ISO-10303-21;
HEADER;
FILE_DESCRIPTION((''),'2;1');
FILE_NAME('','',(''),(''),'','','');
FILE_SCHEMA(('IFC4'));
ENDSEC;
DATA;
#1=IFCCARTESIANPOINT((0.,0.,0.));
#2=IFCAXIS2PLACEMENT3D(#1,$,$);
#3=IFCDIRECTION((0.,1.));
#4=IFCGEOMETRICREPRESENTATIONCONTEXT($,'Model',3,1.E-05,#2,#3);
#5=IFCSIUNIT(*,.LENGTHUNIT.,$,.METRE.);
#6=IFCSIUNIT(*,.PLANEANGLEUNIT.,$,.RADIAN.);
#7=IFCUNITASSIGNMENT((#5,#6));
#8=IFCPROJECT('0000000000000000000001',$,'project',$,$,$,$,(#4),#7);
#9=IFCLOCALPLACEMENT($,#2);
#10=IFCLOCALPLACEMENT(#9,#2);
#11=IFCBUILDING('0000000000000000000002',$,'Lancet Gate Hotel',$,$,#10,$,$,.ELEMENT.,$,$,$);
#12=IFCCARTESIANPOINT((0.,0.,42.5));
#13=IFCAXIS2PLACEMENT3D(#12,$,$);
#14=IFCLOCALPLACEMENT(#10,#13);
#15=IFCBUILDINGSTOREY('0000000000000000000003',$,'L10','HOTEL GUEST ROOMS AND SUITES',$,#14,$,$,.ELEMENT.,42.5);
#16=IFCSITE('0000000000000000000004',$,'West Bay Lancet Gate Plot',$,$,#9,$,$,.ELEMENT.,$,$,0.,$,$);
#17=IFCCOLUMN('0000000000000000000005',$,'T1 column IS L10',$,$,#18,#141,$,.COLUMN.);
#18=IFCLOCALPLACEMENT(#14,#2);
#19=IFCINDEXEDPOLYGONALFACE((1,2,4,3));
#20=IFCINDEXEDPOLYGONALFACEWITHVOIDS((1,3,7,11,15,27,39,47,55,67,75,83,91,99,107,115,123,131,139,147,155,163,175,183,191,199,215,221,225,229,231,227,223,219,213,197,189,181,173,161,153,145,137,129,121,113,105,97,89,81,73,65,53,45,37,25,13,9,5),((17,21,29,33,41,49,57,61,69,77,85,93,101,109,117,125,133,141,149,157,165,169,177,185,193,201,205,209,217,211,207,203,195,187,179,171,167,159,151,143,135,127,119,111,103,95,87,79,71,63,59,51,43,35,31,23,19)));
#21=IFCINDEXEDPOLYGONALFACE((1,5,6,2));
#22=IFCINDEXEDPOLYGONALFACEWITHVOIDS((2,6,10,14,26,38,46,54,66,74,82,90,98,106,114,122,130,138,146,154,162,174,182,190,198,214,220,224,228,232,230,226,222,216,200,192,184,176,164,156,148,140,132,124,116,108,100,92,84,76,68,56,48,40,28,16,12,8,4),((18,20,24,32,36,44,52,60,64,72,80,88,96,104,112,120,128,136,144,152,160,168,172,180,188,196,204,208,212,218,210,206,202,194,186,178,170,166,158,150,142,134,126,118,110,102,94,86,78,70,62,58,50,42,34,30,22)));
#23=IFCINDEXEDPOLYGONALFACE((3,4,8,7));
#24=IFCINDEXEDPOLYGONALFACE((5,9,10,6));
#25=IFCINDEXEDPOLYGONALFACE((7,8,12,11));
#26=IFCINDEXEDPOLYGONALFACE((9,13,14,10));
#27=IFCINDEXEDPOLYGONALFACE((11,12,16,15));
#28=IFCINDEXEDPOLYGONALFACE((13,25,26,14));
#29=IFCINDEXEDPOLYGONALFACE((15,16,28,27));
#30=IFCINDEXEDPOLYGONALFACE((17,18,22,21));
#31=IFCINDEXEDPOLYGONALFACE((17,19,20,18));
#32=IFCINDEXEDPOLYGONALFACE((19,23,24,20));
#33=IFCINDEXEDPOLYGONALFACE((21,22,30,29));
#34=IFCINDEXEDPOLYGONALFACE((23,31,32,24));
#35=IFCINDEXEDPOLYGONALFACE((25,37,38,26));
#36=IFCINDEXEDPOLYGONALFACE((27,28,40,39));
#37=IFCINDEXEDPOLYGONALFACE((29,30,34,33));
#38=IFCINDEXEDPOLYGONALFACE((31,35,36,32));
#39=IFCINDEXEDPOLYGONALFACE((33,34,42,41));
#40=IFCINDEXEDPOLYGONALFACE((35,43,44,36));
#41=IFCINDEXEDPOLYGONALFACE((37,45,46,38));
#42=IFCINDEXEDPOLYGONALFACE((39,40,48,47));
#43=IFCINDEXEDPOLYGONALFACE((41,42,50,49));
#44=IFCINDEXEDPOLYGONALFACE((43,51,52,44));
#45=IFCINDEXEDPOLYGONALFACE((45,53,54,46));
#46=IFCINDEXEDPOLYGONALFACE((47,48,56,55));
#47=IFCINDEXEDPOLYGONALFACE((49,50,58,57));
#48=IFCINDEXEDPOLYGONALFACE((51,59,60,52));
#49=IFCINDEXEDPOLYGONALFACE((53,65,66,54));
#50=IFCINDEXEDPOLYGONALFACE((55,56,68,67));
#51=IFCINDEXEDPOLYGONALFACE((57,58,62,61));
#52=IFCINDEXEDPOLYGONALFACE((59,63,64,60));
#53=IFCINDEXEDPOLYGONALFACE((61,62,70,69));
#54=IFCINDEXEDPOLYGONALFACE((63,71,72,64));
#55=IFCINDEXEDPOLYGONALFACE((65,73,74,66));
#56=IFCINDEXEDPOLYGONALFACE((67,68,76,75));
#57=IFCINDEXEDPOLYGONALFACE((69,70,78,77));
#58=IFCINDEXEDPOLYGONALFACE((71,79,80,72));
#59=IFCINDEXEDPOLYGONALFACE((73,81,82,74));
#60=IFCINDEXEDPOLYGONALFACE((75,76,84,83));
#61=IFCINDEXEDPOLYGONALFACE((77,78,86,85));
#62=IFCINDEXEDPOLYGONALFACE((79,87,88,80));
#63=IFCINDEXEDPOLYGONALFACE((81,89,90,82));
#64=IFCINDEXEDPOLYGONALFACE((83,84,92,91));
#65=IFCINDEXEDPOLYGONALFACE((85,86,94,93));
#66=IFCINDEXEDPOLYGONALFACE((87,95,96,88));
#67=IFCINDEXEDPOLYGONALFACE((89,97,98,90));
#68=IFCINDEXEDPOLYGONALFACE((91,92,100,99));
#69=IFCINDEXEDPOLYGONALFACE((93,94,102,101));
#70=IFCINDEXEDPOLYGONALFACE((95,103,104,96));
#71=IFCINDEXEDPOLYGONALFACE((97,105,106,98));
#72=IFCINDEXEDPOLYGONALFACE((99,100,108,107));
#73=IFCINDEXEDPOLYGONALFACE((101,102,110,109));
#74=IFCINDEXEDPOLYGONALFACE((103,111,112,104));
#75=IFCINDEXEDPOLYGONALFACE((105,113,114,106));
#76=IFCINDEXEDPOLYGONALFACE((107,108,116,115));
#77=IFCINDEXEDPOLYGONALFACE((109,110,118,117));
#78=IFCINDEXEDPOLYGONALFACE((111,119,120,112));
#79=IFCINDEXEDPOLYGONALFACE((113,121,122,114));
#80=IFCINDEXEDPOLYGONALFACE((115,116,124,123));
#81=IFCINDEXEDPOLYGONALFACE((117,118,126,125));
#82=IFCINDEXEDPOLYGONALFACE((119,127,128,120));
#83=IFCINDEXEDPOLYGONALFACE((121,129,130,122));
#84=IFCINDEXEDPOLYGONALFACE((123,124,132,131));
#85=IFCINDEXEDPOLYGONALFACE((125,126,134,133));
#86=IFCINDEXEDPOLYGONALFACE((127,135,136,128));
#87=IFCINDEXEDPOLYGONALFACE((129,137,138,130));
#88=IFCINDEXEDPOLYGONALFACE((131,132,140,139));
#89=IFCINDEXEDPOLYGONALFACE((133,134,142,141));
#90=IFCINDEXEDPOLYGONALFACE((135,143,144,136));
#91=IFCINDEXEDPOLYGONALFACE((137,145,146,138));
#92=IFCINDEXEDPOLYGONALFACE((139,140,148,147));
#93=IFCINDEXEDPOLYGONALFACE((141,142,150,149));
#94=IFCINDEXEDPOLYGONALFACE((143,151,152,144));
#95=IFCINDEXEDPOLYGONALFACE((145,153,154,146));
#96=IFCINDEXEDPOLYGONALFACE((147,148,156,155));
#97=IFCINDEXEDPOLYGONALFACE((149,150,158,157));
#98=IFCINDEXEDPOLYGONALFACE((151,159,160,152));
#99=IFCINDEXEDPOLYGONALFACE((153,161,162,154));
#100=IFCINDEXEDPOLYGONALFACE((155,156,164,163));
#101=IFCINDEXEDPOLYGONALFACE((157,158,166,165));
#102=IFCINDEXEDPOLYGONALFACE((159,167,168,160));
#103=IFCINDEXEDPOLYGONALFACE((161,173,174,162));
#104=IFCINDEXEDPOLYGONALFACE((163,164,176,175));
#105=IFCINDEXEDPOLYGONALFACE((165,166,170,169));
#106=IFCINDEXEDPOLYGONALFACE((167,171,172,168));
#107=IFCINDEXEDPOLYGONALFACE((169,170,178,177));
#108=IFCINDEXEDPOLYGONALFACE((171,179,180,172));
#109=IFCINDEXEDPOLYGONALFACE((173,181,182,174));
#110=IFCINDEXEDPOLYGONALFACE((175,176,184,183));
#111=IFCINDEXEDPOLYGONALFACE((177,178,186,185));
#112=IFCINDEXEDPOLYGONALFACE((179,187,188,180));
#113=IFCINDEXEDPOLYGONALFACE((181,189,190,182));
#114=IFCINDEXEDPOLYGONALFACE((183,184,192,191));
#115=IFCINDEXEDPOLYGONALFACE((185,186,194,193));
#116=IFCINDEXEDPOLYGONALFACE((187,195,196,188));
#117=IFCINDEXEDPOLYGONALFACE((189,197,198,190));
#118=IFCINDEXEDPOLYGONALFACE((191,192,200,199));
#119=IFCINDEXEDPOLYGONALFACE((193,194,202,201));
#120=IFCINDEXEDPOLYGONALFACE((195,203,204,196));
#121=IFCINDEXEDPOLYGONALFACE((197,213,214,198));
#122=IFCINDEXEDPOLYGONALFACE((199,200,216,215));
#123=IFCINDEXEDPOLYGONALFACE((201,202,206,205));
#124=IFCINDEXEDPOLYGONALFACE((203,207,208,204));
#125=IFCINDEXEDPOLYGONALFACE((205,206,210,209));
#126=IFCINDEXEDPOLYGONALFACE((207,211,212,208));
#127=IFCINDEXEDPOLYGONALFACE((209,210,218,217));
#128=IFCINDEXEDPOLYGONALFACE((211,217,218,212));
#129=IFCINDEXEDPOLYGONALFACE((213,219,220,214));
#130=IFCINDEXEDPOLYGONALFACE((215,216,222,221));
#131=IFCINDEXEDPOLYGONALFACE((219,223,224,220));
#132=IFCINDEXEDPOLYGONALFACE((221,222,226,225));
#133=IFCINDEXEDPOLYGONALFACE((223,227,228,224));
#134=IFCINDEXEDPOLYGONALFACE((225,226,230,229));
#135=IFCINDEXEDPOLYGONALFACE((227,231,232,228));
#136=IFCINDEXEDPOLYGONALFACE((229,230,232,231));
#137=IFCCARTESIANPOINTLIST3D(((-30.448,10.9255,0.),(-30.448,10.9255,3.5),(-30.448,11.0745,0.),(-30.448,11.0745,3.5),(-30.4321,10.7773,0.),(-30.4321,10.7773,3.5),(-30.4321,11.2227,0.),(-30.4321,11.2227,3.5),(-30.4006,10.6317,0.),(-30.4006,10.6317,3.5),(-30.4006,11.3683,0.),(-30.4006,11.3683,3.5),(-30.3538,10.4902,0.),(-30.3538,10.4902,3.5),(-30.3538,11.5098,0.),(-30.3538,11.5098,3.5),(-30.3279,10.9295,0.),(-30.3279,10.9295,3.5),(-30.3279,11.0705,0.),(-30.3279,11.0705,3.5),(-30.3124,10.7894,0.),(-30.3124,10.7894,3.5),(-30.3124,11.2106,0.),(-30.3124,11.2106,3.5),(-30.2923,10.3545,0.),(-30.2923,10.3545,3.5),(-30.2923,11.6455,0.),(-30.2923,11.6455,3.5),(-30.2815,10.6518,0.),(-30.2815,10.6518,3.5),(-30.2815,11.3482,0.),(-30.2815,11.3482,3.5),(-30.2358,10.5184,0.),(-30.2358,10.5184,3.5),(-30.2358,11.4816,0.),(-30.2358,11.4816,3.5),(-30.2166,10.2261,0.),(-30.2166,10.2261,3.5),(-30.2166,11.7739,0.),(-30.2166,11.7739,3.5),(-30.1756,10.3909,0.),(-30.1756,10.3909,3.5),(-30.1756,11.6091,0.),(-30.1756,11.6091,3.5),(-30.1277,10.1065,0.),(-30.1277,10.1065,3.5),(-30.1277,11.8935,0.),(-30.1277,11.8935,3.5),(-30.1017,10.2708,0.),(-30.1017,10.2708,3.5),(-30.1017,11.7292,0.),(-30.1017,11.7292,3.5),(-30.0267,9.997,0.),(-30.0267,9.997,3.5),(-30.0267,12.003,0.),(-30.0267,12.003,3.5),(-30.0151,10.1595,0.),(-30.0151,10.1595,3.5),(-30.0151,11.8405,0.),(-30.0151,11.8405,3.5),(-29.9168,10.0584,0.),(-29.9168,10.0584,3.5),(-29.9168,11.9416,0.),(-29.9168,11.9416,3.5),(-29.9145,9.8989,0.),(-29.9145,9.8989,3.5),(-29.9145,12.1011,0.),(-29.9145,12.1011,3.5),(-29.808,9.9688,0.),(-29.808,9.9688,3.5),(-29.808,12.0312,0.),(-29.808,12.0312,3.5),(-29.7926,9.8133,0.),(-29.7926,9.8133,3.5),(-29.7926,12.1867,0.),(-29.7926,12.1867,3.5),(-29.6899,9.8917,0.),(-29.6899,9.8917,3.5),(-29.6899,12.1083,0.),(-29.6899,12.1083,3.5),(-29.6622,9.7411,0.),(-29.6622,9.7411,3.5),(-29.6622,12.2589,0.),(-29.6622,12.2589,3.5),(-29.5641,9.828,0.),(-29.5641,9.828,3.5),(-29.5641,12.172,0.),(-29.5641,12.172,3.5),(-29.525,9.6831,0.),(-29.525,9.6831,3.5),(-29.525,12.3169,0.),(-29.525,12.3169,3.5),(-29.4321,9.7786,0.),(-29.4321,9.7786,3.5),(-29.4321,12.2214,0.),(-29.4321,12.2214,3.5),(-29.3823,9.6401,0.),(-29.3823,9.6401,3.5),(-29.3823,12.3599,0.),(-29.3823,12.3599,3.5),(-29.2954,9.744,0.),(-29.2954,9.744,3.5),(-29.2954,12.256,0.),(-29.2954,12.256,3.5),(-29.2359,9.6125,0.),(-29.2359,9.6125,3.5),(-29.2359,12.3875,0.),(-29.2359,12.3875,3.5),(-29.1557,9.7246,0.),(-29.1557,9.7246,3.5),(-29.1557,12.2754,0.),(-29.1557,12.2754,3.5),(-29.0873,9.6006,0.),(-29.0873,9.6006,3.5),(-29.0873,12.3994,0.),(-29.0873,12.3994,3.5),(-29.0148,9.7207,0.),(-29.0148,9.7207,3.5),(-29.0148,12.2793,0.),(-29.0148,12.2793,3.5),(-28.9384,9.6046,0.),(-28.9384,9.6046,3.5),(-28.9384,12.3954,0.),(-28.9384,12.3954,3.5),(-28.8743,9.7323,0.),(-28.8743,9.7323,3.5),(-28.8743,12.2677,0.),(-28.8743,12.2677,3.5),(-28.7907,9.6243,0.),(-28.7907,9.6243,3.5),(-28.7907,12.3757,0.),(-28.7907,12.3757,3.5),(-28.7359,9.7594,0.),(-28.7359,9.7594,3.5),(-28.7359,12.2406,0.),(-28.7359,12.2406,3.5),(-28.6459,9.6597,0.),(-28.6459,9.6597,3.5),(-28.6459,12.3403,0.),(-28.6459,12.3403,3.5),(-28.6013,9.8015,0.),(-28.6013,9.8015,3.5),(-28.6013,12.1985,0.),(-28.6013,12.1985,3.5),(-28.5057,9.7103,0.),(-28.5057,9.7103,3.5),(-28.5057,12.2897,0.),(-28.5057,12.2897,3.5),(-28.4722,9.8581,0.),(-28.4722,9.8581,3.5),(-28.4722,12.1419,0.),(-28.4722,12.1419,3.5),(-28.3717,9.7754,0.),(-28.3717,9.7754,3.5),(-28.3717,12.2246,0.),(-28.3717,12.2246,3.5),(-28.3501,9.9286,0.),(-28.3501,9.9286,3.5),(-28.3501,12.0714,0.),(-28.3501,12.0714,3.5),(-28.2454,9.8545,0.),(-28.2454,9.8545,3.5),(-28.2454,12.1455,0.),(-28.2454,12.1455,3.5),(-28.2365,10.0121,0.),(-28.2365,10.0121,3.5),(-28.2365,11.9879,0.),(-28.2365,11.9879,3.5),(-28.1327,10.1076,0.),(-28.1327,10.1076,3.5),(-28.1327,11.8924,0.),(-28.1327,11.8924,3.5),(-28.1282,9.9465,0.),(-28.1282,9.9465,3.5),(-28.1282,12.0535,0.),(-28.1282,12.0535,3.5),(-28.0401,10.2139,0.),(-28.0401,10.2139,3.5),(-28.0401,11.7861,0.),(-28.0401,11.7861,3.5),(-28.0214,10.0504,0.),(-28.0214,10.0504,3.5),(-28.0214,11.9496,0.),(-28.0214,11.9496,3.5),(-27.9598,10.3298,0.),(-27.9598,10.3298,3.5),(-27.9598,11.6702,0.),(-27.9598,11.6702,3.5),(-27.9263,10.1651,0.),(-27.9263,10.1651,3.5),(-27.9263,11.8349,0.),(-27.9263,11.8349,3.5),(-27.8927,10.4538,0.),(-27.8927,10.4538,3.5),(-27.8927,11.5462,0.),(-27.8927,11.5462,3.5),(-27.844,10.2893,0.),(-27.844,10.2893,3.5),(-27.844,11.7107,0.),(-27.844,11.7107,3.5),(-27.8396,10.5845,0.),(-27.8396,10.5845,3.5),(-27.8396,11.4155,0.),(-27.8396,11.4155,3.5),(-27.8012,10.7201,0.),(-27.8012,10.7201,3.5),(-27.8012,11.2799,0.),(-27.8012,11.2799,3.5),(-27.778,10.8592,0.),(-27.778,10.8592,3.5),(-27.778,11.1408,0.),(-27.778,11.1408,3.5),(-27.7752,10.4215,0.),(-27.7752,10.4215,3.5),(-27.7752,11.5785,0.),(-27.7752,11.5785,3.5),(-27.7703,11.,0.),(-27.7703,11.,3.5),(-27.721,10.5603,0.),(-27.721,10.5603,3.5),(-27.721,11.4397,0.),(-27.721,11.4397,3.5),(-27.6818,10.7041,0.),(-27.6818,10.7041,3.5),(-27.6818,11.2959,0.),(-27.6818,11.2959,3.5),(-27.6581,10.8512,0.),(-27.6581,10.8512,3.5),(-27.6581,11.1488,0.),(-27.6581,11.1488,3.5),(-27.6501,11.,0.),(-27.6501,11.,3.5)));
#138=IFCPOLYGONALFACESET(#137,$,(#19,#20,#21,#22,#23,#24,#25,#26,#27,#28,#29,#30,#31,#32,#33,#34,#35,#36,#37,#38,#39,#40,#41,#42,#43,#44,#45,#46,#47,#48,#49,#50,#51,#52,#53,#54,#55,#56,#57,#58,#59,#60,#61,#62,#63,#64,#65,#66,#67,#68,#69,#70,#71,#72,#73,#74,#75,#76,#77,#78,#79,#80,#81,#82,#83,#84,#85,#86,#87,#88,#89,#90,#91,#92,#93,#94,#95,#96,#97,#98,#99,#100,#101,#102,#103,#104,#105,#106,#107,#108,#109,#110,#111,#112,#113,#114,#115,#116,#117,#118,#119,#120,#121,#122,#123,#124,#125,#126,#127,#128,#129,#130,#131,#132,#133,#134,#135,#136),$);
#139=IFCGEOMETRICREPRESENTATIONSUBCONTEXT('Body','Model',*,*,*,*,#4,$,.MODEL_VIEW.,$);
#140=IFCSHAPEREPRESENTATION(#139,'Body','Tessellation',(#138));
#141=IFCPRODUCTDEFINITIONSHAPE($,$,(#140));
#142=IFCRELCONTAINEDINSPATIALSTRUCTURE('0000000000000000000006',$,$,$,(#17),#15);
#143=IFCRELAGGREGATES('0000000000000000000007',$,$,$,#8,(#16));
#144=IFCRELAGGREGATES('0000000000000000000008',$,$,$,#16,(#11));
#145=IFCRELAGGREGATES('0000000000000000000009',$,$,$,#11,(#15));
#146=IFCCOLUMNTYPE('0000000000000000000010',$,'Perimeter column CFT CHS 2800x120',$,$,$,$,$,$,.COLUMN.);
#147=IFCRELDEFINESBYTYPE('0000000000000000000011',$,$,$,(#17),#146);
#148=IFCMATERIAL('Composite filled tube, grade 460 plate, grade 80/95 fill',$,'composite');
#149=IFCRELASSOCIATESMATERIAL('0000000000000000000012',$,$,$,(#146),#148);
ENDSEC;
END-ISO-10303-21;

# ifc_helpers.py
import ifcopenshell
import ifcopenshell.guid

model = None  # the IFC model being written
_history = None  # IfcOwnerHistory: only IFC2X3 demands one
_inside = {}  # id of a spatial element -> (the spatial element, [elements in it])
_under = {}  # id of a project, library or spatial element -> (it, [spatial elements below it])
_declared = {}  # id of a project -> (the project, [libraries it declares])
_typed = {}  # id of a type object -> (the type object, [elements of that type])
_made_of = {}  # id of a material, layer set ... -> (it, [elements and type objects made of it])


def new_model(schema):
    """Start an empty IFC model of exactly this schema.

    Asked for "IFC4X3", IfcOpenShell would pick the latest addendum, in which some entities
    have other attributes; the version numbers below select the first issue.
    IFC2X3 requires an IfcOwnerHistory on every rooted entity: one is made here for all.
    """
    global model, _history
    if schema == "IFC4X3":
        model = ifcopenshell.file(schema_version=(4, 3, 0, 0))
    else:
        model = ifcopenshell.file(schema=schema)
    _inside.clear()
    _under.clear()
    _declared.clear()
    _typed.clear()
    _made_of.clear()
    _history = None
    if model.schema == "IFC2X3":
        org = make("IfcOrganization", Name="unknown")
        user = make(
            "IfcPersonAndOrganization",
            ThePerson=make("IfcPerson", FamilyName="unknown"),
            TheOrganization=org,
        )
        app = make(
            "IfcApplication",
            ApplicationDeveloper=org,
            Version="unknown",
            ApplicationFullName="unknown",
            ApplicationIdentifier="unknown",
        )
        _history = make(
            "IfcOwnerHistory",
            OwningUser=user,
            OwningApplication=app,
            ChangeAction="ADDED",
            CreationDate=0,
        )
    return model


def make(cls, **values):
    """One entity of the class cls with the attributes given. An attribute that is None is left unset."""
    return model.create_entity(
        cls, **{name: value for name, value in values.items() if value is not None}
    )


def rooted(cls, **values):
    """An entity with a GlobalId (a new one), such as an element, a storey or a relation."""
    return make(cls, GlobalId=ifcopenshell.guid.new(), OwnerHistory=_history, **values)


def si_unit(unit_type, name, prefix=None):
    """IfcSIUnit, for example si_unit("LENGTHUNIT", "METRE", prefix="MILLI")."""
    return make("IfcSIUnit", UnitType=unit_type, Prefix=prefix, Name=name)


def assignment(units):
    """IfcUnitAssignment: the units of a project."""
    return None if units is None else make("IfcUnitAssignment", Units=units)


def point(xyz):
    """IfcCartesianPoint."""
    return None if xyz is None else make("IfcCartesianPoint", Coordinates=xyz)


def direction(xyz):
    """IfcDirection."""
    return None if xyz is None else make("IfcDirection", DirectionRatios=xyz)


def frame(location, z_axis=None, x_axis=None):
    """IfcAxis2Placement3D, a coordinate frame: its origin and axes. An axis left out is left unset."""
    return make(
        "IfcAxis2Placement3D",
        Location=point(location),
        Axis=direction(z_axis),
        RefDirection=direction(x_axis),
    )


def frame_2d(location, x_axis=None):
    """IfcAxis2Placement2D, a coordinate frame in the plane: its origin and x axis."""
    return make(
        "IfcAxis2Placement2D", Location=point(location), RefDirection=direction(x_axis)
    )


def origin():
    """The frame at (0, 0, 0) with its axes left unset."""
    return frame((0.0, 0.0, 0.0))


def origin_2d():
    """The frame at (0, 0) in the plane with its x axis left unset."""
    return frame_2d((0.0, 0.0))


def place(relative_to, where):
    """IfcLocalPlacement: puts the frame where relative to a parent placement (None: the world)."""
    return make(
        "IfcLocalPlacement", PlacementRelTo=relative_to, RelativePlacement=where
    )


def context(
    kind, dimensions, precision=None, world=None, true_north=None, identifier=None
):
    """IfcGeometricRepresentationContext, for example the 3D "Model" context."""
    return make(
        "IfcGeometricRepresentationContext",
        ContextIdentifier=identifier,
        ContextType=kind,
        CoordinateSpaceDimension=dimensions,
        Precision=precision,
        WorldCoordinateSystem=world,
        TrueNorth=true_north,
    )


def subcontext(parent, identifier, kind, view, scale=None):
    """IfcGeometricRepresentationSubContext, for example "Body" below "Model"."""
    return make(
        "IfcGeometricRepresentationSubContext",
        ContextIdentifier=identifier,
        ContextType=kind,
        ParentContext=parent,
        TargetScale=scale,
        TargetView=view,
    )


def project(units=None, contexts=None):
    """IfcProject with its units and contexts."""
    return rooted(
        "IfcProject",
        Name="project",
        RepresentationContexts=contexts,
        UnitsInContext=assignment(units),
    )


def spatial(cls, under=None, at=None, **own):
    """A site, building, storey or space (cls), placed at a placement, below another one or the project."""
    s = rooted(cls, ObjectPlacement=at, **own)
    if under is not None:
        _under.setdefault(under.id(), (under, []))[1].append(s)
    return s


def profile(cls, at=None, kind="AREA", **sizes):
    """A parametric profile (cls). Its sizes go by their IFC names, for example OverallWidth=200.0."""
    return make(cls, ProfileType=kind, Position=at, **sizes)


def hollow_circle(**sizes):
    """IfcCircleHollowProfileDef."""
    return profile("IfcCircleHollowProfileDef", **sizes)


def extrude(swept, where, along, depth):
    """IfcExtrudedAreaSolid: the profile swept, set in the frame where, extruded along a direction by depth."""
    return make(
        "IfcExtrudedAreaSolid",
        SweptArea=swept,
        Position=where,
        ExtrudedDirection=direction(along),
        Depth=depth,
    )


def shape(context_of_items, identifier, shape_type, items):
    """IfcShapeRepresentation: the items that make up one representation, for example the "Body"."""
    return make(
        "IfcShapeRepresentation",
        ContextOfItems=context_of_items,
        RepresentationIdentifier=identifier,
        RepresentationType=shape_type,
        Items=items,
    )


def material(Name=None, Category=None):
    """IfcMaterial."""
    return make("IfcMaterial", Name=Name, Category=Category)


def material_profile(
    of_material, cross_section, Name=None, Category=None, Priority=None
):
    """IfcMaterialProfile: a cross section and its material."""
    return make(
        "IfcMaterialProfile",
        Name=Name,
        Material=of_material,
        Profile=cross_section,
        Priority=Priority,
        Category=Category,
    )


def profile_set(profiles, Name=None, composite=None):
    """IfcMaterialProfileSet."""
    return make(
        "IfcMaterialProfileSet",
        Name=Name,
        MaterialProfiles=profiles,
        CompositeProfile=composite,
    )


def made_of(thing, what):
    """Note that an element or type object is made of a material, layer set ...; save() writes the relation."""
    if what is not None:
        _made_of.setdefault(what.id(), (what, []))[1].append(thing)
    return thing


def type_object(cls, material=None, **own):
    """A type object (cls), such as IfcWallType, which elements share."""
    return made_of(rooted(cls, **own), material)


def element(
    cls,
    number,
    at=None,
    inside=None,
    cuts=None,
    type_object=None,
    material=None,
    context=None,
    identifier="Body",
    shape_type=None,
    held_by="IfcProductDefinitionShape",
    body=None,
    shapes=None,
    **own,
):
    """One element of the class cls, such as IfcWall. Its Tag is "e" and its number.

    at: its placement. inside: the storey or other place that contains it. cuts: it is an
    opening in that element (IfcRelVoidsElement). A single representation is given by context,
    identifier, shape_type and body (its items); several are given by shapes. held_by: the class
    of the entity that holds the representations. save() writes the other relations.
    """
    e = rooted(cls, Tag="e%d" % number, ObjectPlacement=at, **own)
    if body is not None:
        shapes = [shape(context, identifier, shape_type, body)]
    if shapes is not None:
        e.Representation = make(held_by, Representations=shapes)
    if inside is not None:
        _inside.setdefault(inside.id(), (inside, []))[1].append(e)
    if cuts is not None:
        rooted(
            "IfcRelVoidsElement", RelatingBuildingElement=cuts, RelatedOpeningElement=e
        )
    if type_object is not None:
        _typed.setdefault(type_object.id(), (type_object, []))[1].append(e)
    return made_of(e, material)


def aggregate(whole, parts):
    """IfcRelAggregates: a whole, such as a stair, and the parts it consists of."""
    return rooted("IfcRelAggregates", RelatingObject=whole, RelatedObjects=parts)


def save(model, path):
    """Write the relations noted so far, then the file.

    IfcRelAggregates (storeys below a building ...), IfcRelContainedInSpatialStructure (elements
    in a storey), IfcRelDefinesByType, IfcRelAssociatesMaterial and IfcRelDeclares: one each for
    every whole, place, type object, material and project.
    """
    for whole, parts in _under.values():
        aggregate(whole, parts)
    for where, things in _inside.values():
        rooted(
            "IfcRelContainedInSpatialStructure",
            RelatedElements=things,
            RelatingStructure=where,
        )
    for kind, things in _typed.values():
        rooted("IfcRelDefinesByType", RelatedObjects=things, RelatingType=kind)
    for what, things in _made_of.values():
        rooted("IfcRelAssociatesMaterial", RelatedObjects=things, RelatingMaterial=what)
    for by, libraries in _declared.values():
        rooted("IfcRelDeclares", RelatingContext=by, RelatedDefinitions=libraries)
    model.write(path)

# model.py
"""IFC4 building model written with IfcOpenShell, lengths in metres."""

from ifc_helpers import new_model, si_unit, direction, frame, origin, origin_2d, place, context, subcontext, project, spatial, hollow_circle, extrude, material, material_profile, profile_set, type_object, element, save


model = new_model("IFC4")

# Units and contexts
model_context = context("Model", 3, precision=1e-05, world=origin(), true_north=direction((0.0, 1.0)))
body_context = subcontext(model_context, "Body", "Model", "MODEL_VIEW")
ifc_project = project(units=[si_unit("LENGTHUNIT", "METRE"), si_unit("PLANEANGLEUNIT", "RADIAN")], contexts=[model_context])

# Site, building, storey
site_placement = place(None, origin())
site = spatial("IfcSite", under=ifc_project, at=site_placement, Name="West Bay Lancet Gate Plot", CompositionType="ELEMENT", RefElevation=0.0)
building_placement = place(site_placement, origin())
building = spatial("IfcBuilding", under=site, at=building_placement, Name="Lancet Gate Hotel", CompositionType="ELEMENT")
storey_placement = place(building_placement, frame((0.0, 0.0, 42.5)))
storey = spatial("IfcBuildingStorey", under=building, at=storey_placement, Name="L10", Description="HOTEL GUEST ROOMS AND SUITES", CompositionType="ELEMENT", Elevation=42.5)

# Column
ifc_material_1 = material(Name="Composite filled tube, grade 460 plate, grade 80/95 fill", Category="composite")
ifc_material_profile_1 = material_profile(ifc_material_1, hollow_circle(Radius=1.3999, WallThickness=0.1201, at=origin_2d()), Name="CHS 2800x120")
ifc_profile_set_1 = profile_set([ifc_material_profile_1], Name="Composite filled tube, grade 460 plate, grade 80/95 fill")
column_type = type_object("IfcColumnType", Name="Perimeter column CFT CHS 2800x120", PredefinedType="COLUMN", material=ifc_profile_set_1)
for number, where, z_axis, x_axis, name in (
    (1, (-29.05, 11.0, 0.0), (0.0, 0.0, 1.0), (1.0, 0.0, 0.0), "T1 column IS L10"),
):
    element("IfcColumn", number, at=place(storey_placement, frame(where, z_axis=z_axis, x_axis=x_axis)), inside=storey, type_object=column_type, Name=name, PredefinedType="COLUMN", context=body_context, shape_type="SweptSolid", body=[
        extrude(hollow_circle(Radius=1.3999, WallThickness=0.1201, at=origin_2d()), origin(), (0.0, 0.0, 1.0), 3.5),
    ])

save(model, "model.ifc")
